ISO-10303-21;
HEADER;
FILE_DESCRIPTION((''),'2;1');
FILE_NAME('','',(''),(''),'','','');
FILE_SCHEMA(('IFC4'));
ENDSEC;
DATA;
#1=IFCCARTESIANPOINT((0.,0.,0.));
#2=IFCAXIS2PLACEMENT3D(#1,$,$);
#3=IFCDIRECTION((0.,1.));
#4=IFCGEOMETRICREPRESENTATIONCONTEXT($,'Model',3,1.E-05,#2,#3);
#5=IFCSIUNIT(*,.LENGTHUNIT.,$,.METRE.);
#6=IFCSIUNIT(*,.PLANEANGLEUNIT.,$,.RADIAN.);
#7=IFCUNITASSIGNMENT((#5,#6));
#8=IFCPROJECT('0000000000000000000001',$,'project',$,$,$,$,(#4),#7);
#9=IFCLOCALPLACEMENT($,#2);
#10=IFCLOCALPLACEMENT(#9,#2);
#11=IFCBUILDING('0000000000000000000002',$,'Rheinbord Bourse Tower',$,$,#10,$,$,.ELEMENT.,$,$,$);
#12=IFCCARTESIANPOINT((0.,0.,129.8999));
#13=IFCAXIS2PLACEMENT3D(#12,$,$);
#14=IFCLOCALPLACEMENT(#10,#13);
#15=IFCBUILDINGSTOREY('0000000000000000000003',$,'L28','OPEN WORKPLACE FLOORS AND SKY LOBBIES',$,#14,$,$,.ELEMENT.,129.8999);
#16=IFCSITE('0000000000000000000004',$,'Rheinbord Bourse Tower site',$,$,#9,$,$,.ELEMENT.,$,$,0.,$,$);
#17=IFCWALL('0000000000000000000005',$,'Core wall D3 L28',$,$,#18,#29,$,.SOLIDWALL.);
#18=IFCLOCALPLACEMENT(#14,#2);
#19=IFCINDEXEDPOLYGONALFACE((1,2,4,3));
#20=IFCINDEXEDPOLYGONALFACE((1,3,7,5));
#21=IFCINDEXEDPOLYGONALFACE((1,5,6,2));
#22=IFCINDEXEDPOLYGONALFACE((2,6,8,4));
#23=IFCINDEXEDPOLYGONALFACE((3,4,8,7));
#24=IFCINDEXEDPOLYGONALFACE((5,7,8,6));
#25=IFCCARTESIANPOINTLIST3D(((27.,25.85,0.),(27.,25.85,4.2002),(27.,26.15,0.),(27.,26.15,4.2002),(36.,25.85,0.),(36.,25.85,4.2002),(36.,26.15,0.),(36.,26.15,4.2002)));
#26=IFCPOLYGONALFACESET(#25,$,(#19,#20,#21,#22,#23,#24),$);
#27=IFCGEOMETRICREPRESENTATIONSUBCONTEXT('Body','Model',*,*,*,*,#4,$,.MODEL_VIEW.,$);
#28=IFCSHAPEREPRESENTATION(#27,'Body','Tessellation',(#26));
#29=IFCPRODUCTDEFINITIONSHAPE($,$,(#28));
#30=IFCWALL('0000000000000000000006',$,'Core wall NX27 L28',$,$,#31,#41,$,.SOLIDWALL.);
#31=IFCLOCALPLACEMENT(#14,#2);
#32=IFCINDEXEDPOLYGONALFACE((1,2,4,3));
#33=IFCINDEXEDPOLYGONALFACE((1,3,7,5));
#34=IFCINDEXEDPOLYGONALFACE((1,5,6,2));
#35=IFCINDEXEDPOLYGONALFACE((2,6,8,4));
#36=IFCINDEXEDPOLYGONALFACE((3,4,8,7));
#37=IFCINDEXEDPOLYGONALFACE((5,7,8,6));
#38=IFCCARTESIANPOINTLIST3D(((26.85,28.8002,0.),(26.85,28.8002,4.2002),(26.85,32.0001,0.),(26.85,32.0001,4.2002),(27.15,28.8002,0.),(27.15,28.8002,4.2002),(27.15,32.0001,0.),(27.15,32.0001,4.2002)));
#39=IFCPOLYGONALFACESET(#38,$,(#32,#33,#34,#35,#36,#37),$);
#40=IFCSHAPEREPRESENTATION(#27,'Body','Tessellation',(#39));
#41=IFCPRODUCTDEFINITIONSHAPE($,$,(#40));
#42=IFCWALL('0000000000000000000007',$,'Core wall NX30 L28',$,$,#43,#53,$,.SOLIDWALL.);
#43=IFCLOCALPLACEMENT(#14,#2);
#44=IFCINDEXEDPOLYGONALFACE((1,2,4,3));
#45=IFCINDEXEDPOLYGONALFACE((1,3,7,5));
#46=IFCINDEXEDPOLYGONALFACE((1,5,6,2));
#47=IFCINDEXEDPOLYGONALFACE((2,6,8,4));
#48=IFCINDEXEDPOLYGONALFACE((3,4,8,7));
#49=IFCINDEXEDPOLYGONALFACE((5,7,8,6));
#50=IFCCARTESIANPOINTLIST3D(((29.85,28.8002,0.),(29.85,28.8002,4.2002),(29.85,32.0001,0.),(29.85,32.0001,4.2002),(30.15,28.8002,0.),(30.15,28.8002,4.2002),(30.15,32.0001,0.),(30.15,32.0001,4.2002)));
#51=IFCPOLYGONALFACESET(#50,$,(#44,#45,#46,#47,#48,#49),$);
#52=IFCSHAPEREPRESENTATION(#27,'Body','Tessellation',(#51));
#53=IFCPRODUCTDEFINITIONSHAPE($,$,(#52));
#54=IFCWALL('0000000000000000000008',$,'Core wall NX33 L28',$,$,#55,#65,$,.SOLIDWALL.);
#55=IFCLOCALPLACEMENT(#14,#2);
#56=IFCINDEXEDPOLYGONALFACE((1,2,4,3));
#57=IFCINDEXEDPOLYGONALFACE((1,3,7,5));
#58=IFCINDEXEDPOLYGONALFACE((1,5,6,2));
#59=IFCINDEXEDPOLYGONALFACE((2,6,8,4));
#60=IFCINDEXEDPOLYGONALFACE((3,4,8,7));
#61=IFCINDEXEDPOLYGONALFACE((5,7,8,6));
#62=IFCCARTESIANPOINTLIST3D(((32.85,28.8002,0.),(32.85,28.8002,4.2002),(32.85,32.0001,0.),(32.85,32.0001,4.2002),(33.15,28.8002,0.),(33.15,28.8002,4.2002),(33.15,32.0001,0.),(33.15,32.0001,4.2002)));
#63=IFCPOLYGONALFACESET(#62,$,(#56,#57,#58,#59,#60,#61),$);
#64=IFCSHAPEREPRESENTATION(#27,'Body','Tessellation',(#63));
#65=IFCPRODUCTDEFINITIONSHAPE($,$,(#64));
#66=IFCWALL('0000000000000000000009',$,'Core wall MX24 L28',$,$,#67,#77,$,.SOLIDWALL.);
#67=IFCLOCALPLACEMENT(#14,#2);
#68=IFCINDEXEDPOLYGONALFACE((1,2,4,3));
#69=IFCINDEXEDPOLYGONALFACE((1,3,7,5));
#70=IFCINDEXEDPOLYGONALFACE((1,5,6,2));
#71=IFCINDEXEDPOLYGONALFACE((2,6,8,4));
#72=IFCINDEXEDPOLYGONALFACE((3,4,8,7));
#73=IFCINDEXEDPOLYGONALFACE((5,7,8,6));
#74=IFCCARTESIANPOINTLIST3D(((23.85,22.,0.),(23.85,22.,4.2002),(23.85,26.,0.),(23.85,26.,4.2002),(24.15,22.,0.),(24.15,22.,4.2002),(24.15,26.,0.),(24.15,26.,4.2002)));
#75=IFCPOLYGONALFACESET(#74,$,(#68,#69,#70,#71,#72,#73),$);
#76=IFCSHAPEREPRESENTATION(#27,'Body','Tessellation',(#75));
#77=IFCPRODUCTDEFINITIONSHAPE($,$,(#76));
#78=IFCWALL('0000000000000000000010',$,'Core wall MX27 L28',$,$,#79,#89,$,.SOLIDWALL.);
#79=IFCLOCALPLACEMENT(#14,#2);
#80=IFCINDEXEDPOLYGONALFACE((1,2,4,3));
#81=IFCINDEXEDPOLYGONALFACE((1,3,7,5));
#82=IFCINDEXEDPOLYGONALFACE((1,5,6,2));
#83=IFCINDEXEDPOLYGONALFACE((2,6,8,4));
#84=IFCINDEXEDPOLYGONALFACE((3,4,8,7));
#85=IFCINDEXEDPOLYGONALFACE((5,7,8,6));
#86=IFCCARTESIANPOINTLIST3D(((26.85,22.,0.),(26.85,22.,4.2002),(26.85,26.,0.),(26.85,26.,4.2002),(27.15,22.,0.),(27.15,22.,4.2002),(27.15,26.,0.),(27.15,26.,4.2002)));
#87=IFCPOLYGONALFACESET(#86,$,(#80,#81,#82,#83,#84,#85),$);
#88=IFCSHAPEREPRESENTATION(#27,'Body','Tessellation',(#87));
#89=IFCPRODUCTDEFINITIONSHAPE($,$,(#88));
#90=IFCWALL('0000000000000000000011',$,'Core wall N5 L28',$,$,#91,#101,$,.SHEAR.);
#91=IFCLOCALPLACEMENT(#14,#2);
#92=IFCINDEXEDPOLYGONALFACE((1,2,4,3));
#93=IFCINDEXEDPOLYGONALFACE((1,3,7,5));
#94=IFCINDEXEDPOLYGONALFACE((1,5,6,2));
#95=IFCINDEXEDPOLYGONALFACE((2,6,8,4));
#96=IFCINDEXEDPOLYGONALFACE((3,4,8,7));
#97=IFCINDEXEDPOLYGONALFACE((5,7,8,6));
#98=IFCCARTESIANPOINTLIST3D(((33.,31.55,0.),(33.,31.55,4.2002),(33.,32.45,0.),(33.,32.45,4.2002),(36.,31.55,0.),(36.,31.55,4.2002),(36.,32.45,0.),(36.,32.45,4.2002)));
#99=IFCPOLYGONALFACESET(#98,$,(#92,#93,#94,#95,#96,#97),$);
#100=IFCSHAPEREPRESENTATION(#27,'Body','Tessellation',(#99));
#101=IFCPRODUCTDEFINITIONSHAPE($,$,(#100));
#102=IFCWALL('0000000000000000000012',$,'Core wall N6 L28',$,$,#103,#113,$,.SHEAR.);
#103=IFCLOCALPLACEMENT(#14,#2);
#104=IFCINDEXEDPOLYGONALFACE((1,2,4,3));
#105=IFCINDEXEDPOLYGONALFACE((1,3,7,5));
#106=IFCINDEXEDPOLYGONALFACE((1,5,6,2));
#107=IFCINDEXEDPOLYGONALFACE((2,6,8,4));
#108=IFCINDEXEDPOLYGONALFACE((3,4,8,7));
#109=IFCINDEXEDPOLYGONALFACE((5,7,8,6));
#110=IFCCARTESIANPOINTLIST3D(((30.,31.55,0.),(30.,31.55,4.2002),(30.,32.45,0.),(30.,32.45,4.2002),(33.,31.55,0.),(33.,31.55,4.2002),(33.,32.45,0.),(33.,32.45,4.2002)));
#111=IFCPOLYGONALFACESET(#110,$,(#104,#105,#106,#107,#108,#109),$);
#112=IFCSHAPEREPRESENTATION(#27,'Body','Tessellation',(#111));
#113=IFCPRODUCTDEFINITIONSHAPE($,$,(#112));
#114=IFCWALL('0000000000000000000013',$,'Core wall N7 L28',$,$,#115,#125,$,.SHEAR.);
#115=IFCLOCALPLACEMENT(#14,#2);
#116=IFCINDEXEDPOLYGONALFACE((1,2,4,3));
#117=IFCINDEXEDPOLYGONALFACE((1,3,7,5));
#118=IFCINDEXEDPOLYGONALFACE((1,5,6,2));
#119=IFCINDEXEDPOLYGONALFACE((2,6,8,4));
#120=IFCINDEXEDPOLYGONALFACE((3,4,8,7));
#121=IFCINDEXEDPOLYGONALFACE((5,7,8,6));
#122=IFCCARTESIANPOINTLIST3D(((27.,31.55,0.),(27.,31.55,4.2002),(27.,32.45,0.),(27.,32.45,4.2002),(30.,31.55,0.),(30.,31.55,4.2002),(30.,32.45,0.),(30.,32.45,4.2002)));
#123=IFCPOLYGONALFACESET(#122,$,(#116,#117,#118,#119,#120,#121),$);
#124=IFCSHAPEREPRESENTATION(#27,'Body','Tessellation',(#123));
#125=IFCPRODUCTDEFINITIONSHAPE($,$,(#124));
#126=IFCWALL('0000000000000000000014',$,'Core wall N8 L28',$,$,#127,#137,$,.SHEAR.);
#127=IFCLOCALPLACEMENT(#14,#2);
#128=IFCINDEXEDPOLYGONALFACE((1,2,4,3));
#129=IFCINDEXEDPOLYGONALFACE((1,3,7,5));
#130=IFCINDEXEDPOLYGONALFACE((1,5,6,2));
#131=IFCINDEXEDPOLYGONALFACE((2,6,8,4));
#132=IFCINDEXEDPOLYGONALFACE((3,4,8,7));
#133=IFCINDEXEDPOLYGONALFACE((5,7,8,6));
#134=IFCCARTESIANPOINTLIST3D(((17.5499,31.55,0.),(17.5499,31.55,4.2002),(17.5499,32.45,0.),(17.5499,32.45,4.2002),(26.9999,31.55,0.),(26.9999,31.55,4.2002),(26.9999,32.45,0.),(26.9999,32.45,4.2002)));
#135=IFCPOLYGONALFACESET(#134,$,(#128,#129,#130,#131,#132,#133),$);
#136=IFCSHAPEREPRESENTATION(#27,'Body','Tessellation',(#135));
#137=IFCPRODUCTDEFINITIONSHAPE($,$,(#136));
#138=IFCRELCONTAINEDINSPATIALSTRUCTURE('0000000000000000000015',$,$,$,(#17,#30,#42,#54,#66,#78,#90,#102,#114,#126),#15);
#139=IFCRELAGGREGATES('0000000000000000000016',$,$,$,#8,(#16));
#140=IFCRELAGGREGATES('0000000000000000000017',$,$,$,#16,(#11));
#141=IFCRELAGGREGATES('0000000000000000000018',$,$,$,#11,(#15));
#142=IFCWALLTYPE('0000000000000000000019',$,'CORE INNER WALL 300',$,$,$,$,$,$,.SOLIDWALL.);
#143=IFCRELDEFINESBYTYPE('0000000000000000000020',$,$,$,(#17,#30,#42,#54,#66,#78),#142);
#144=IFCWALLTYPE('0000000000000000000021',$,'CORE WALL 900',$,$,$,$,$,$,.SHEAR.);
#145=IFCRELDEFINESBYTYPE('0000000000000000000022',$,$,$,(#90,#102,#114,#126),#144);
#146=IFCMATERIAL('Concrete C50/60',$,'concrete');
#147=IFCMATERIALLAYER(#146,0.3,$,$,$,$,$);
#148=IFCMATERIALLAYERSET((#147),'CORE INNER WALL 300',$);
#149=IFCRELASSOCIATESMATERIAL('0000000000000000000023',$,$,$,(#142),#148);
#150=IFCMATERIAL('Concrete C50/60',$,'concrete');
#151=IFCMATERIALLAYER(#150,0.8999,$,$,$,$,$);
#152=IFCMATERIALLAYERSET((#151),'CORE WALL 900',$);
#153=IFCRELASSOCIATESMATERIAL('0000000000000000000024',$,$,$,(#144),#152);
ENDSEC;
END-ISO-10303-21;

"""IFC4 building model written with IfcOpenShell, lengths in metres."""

from ifc_helpers import new_model, si_unit, direction, frame, frame_2d, origin, place, context, subcontext, project, spatial, rectangle, extrude, material, layer, layer_set, type_object, element, save


model = new_model("IFC4")

# Units and contexts
model_context = context("Model", 3, precision=1e-05, world=origin(), true_north=direction((0.0, 1.0)))
body_context = subcontext(model_context, "Body", "Model", "MODEL_VIEW")
ifc_project = project(units=[si_unit("LENGTHUNIT", "METRE"), si_unit("PLANEANGLEUNIT", "RADIAN")], contexts=[model_context])

# Site, building, storey
site_placement = place(None, origin())
site = spatial("IfcSite", under=ifc_project, at=site_placement, Name="Rheinbord Bourse Tower site", CompositionType="ELEMENT", RefElevation=0.0)
building_placement = place(site_placement, origin())
building = spatial("IfcBuilding", under=site, at=building_placement, Name="Rheinbord Bourse Tower", CompositionType="ELEMENT")
storey_placement = place(building_placement, frame((0.0, 0.0, 129.8999)))
storey = spatial("IfcBuildingStorey", under=building, at=storey_placement, Name="L28", Description="OPEN WORKPLACE FLOORS AND SKY LOBBIES", CompositionType="ELEMENT", Elevation=129.8999)

# Shared definitions
ifc_material_1 = material(Name="Concrete C50/60", Category="concrete")
ifc_layer_1 = layer(ifc_material_1, 0.3)
ifc_layer_set_1 = layer_set([ifc_layer_1], Name="CORE INNER WALL 300")
wall_type_1 = type_object("IfcWallType", Name="CORE INNER WALL 300", PredefinedType="SOLIDWALL", material=ifc_layer_set_1)

# Walls
wall_1_placement = place(storey_placement, frame((27.0, 26.0, 0.0), z_axis=(0.0, 0.0, 1.0), x_axis=(1.0, 0.0, 0.0)))
element("IfcWall", 1, at=wall_1_placement, inside=storey, type_object=wall_type_1, Name="Core wall D3 L28", PredefinedType="SOLIDWALL", context=body_context, shape_type="SweptSolid", body=[
    extrude(rectangle(XDim=9.0, YDim=0.3, at=frame_2d((4.5, 0.0))), origin(), (0.0, 0.0, 1.0), 4.2002),
])
for number, where, z_axis, x_axis, name in (
    (2, (27.0, 28.8, 0.0), (0.0, 0.0, 1.0), (0.0, 1.0, 0.0), "Core wall NX27 L28"),
    (3, (30.0, 28.8, 0.0), (0.0, 0.0, 1.0), (0.0, 1.0, 0.0), "Core wall NX30 L28"),
    (4, (33.0, 28.8, 0.0), (0.0, 0.0, 1.0), (0.0, 1.0, 0.0), "Core wall NX33 L28"),
):
    element("IfcWall", number, at=place(storey_placement, frame(where, z_axis=z_axis, x_axis=x_axis)), inside=storey, type_object=wall_type_1, Name=name, PredefinedType="SOLIDWALL", context=body_context, shape_type="SweptSolid", body=[
        extrude(rectangle(XDim=3.2, YDim=0.3, at=frame_2d((1.6001, 0.0))), origin(), (0.0, 0.0, 1.0), 4.2002),
    ])
for number, where, z_axis, x_axis, name in (
    (5, (24.0, 22.0, 0.0), (0.0, 0.0, 1.0), (0.0, 1.0, 0.0), "Core wall MX24 L28"),
    (6, (27.0, 22.0, 0.0), (0.0, 0.0, 1.0), (0.0, 1.0, 0.0), "Core wall MX27 L28"),
):
    element("IfcWall", number, at=place(storey_placement, frame(where, z_axis=z_axis, x_axis=x_axis)), inside=storey, type_object=wall_type_1, Name=name, PredefinedType="SOLIDWALL", context=body_context, shape_type="SweptSolid", body=[
        extrude(rectangle(XDim=4.0, YDim=0.3, at=frame_2d((2.0, 0.0))), origin(), (0.0, 0.0, 1.0), 4.2002),
    ])
ifc_material_2 = material(Name="Concrete C50/60", Category="concrete")
ifc_layer_2 = layer(ifc_material_2, 0.8999)
ifc_layer_set_2 = layer_set([ifc_layer_2], Name="CORE WALL 900")
wall_type_2 = type_object("IfcWallType", Name="CORE WALL 900", PredefinedType="SHEAR", material=ifc_layer_set_2)
for number, where, z_axis, x_axis, name in (
    (7, (36.0, 32.0, 0.0), (0.0, 0.0, 1.0), (-1.0, 0.0, 0.0), "Core wall N5 L28"),
    (8, (33.0, 32.0, 0.0), (0.0, 0.0, 1.0), (-1.0, 0.0, 0.0), "Core wall N6 L28"),
    (9, (30.0, 32.0, 0.0), (0.0, 0.0, 1.0), (-1.0, 0.0, 0.0), "Core wall N7 L28"),
):
    element("IfcWall", number, at=place(storey_placement, frame(where, z_axis=z_axis, x_axis=x_axis)), inside=storey, type_object=wall_type_2, Name=name, PredefinedType="SHEAR", context=body_context, shape_type="SweptSolid", body=[
        extrude(rectangle(XDim=3.0, YDim=0.8999, at=frame_2d((1.5, 0.0))), origin(), (0.0, 0.0, 1.0), 4.2002),
    ])
wall_2_placement = place(storey_placement, frame((27.0, 32.0, 0.0), z_axis=(0.0, 0.0, 1.0), x_axis=(-1.0, 0.0, 0.0)))
element("IfcWall", 10, at=wall_2_placement, inside=storey, type_object=wall_type_2, Name="Core wall N8 L28", PredefinedType="SHEAR", context=body_context, shape_type="SweptSolid", body=[
    extrude(rectangle(XDim=9.45, YDim=0.8999, at=frame_2d((4.7251, 0.0))), origin(), (0.0, 0.0, 1.0), 4.2002),
])

save(model, "model.ifc")
